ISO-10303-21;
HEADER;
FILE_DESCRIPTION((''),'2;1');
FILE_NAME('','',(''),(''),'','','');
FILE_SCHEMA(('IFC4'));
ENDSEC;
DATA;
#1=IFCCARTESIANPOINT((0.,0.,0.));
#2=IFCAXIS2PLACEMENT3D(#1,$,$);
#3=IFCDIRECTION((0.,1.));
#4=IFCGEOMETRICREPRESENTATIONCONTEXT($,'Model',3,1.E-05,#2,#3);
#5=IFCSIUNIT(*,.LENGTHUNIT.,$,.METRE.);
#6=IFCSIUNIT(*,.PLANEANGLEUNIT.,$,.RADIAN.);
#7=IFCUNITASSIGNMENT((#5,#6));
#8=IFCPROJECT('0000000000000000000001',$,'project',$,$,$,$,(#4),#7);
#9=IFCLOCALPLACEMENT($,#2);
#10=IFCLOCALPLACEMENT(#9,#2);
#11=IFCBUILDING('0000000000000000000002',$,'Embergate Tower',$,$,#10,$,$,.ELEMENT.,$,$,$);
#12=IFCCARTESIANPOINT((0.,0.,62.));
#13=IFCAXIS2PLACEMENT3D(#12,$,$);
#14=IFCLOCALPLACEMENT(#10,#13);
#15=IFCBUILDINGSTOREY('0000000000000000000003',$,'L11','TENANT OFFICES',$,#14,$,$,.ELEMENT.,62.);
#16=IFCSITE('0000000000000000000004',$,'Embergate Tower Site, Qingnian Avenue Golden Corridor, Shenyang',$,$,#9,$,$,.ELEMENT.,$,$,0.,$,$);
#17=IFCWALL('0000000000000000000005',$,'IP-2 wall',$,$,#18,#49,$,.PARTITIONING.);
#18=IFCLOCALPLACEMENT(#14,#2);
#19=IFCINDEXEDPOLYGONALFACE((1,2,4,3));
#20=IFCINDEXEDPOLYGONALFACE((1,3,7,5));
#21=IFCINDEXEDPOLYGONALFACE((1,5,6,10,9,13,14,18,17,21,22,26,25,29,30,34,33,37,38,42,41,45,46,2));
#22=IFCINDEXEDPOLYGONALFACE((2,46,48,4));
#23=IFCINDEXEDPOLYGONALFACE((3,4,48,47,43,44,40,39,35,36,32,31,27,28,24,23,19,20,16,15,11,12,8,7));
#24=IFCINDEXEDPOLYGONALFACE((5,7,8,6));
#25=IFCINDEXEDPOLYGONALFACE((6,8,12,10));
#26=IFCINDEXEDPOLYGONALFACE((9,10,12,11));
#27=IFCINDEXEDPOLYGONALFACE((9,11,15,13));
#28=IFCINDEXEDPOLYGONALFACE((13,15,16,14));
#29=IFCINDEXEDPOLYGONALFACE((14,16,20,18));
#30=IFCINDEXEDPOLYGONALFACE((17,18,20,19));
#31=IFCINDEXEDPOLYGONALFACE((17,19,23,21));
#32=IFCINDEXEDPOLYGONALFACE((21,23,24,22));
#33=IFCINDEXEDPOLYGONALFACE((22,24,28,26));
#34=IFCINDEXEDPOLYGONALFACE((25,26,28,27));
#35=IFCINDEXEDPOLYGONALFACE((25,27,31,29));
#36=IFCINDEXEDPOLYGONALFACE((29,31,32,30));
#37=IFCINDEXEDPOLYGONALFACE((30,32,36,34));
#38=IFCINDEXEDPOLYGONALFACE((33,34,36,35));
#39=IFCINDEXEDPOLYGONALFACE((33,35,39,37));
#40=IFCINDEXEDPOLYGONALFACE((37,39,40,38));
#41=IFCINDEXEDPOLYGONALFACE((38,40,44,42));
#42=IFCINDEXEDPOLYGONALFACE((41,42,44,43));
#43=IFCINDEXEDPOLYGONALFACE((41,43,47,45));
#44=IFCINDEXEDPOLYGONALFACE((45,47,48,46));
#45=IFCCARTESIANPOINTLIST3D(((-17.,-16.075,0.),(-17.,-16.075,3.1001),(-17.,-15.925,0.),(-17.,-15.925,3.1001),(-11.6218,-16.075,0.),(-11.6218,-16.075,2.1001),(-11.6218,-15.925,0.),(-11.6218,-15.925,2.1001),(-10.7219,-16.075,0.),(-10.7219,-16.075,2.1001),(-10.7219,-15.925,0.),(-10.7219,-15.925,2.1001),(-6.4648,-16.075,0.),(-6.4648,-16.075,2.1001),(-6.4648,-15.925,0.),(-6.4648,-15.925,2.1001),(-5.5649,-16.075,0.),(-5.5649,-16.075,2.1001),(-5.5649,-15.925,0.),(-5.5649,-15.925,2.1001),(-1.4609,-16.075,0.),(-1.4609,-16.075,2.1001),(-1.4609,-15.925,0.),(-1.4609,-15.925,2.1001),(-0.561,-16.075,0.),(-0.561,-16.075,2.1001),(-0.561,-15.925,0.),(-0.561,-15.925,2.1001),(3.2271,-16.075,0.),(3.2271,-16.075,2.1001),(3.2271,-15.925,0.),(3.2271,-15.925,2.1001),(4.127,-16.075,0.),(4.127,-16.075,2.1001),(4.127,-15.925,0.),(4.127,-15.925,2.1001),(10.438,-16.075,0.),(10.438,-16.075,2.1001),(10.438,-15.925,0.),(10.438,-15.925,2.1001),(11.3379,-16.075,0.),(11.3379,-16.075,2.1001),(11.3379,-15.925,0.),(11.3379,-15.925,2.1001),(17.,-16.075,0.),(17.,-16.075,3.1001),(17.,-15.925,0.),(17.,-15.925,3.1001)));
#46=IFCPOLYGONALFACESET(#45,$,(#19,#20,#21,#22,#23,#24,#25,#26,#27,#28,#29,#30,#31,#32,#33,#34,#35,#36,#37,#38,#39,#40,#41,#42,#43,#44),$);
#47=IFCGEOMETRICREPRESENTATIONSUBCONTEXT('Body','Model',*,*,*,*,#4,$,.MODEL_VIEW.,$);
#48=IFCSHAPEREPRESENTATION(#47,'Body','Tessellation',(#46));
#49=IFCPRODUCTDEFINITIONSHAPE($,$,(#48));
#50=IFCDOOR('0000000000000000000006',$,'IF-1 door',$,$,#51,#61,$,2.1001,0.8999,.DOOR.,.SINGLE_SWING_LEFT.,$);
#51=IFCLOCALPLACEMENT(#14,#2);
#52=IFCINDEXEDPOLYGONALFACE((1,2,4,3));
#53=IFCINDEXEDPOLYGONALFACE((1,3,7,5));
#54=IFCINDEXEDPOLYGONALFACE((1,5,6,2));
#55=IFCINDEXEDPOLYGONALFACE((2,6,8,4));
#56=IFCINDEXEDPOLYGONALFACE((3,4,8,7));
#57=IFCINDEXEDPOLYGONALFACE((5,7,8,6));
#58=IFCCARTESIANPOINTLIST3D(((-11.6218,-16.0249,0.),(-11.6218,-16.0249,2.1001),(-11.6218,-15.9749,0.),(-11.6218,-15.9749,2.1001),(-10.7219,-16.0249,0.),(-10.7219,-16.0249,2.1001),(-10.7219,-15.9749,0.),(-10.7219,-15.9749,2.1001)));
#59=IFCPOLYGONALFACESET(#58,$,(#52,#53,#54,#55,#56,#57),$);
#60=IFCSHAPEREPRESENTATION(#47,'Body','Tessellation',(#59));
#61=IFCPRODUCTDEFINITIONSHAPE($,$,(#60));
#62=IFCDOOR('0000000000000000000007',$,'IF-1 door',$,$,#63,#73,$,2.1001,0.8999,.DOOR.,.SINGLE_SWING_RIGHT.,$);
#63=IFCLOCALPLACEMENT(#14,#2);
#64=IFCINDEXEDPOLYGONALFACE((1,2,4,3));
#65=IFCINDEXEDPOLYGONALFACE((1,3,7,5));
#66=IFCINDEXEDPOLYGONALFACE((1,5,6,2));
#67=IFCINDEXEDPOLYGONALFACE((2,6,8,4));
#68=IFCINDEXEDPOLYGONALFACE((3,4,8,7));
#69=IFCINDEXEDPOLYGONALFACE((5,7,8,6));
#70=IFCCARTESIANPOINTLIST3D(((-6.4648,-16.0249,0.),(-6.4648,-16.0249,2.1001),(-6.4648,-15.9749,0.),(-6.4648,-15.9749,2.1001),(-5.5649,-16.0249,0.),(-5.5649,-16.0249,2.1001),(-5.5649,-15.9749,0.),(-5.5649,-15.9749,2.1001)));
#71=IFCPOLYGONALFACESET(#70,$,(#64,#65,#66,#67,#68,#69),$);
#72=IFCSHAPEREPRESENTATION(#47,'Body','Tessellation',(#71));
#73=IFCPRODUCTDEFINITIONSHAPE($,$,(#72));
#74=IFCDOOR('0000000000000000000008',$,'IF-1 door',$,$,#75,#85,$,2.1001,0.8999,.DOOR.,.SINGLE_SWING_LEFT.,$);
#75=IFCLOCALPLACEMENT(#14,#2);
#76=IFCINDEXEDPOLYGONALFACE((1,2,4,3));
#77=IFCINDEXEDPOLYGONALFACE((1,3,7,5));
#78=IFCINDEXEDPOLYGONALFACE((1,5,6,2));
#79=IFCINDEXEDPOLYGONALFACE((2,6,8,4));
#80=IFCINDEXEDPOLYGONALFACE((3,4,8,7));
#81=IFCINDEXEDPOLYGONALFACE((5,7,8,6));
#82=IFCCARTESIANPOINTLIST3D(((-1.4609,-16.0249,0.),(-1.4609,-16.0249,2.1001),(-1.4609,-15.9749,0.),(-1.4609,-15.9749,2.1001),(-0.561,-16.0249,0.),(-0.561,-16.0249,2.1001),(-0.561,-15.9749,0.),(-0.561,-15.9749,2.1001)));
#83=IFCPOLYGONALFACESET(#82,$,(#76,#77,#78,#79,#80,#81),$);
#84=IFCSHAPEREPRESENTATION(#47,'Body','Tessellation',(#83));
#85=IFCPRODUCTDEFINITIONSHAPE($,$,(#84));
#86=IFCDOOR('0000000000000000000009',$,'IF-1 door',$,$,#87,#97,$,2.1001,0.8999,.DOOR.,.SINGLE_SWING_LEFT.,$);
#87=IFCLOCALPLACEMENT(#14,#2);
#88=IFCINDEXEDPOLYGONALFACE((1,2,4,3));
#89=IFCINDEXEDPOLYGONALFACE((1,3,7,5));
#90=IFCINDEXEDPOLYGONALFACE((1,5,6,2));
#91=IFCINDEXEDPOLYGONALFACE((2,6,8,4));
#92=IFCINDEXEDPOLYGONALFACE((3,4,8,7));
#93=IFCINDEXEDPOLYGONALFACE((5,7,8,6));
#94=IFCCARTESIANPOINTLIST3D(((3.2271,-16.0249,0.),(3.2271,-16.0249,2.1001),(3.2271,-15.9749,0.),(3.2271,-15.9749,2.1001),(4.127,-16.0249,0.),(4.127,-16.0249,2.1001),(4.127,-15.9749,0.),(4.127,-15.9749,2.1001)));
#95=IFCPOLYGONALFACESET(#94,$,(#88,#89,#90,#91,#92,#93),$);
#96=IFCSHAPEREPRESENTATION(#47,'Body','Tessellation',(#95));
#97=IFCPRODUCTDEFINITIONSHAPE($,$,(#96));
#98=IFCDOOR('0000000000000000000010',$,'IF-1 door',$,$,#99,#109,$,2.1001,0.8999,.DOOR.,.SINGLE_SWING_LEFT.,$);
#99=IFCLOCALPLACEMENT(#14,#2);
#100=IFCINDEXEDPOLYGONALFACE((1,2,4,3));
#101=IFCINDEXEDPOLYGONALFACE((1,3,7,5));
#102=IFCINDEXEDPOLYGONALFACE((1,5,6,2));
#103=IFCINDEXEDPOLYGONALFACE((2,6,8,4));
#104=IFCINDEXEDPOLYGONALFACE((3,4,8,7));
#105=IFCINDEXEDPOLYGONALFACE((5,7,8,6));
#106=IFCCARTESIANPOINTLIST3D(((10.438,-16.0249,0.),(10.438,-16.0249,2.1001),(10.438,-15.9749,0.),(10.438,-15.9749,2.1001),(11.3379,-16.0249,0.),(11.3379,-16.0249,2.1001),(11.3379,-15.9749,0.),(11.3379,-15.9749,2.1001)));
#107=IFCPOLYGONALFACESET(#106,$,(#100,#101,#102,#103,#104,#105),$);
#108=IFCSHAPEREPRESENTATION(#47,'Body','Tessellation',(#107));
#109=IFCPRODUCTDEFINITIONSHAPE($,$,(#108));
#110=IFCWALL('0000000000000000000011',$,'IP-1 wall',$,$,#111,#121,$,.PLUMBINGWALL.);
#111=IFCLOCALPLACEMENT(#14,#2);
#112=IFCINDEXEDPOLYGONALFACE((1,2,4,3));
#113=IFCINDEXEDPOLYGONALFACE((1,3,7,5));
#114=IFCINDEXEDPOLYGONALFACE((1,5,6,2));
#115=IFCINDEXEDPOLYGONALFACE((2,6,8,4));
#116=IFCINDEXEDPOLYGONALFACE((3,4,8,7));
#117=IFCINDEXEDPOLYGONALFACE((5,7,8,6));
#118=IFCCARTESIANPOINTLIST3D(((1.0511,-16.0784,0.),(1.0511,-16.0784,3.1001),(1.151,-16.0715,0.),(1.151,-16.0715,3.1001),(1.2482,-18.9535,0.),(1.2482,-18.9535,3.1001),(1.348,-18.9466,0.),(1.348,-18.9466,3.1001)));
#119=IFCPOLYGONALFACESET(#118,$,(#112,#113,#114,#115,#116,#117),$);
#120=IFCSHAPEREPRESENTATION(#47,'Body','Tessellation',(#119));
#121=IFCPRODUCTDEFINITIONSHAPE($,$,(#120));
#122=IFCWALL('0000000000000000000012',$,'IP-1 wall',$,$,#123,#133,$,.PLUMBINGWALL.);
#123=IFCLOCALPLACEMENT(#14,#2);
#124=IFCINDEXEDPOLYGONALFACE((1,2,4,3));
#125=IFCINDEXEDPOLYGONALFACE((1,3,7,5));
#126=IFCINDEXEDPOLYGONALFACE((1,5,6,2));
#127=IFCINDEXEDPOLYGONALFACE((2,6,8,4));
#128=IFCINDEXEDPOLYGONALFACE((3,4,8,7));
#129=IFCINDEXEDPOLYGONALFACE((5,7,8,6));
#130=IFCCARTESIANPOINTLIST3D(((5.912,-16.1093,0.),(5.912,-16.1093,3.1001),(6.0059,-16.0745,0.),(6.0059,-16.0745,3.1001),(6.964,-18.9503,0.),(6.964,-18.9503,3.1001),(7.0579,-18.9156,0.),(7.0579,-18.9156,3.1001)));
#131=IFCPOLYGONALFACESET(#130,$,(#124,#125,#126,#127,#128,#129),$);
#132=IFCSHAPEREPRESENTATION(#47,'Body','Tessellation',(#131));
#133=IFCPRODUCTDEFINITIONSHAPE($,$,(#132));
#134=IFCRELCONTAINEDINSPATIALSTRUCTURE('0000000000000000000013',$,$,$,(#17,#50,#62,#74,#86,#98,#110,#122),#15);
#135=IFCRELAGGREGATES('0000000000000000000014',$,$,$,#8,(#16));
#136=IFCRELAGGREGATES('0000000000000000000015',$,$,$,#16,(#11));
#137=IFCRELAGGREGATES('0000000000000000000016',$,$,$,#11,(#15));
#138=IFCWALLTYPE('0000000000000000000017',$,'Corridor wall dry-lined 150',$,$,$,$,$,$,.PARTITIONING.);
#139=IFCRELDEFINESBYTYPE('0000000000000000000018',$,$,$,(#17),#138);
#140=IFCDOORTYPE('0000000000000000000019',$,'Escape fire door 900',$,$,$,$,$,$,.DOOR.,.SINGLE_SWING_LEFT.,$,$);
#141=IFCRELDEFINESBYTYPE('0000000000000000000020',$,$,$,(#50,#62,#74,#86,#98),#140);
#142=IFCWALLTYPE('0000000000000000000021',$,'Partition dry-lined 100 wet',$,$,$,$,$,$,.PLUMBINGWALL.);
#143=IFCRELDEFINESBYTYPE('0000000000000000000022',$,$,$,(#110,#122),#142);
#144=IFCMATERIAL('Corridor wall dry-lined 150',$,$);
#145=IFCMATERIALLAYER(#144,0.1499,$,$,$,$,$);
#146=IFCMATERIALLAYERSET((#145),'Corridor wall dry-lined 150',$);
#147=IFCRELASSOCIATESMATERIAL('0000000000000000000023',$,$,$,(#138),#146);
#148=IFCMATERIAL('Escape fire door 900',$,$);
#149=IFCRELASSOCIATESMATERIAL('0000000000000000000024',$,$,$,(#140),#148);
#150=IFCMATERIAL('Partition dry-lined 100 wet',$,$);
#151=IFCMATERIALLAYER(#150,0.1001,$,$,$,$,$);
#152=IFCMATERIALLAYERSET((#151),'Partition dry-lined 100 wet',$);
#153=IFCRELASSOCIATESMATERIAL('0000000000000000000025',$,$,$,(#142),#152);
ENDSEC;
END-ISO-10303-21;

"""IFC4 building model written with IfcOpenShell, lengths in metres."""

from ifc_helpers import new_model, si_unit, direction, frame, frame_2d, origin, place, context, subcontext, project, spatial, rectangle, extrude, source, transform, mapped, material, layer, layer_set, type_object, element, fill, save


model = new_model("IFC4")

# Units and contexts
model_context = context("Model", 3, precision=1e-05, world=origin(), true_north=direction((0.0, 1.0)))
body_context = subcontext(model_context, "Body", "Model", "MODEL_VIEW")
ifc_project = project(units=[si_unit("LENGTHUNIT", "METRE"), si_unit("PLANEANGLEUNIT", "RADIAN")], contexts=[model_context])

# Site, building, storey
site_placement = place(None, origin())
site = spatial("IfcSite", under=ifc_project, at=site_placement, Name="Embergate Tower Site, Qingnian Avenue Golden Corridor, Shenyang", CompositionType="ELEMENT", RefElevation=0.0)
building_placement = place(site_placement, origin())
building = spatial("IfcBuilding", under=site, at=building_placement, Name="Embergate Tower", CompositionType="ELEMENT")
storey_placement = place(building_placement, frame((0.0, 0.0, 62.0)))
storey = spatial("IfcBuildingStorey", under=building, at=storey_placement, Name="L11", Description="TENANT OFFICES", CompositionType="ELEMENT", Elevation=62.0)

# Wall, openings, doors
ifc_material_1 = material(Name="Corridor wall dry-lined 150")
ifc_layer_1 = layer(ifc_material_1, 0.1499)
ifc_layer_set_1 = layer_set([ifc_layer_1], Name="Corridor wall dry-lined 150")
wall_type_1 = type_object("IfcWallType", Name="Corridor wall dry-lined 150", PredefinedType="PARTITIONING", material=ifc_layer_set_1)
shared_shape_1 = source(origin(), body_context, "Body", "SweptSolid", [
    extrude(rectangle(XDim=34.0, YDim=0.1499, at=frame_2d((17.0, 0.0))), origin(), (0.0, 0.0, 1.0), 3.1001),
])
wall_1_placement = place(storey_placement, frame((17.0, -16.0, 0.0), z_axis=(0.0, 0.0, 1.0), x_axis=(-1.0, 0.0, 0.0)))
wall_1 = element("IfcWall", 1, at=wall_1_placement, inside=storey, type_object=wall_type_1, Name="IP-2 wall", PredefinedType="PARTITIONING", context=body_context, shape_type="MappedRepresentation", body=[
    mapped(shared_shape_1, transform((0.0, 0.0, 0.0))),
])
shared_shape_2 = source(origin(), body_context, "Body", "SweptSolid", [
    extrude(rectangle(XDim=0.8999, YDim=2.1001, at=frame_2d((0.45, 1.05))), frame((0.0, 0.085, 0.0), z_axis=(0.0, -1.0, 0.0), x_axis=(1.0, 0.0, 0.0)), (0.0, 0.0, 1.0), 0.1699),
])
opening_1_placement = place(wall_1_placement, frame((27.7219, 0.0, 0.0)))
opening_1 = element("IfcOpeningElement", 2, at=opening_1_placement, cuts=wall_1, PredefinedType="OPENING", context=body_context, shape_type="MappedRepresentation", body=[
    mapped(shared_shape_2, transform((0.0, 0.0, 0.0))),
])
opening_2_placement = place(wall_1_placement, frame((22.5649, 0.0, 0.0)))
opening_2 = element("IfcOpeningElement", 3, at=opening_2_placement, cuts=wall_1, PredefinedType="OPENING", context=body_context, shape_type="MappedRepresentation", body=[
    mapped(shared_shape_2, transform((0.0, 0.0, 0.0))),
])
opening_3_placement = place(wall_1_placement, frame((17.561, 0.0, 0.0)))
opening_3 = element("IfcOpeningElement", 4, at=opening_3_placement, cuts=wall_1, PredefinedType="OPENING", context=body_context, shape_type="MappedRepresentation", body=[
    mapped(shared_shape_2, transform((0.0, 0.0, 0.0))),
])
opening_4_placement = place(wall_1_placement, frame((12.873, 0.0, 0.0)))
opening_4 = element("IfcOpeningElement", 5, at=opening_4_placement, cuts=wall_1, PredefinedType="OPENING", context=body_context, shape_type="MappedRepresentation", body=[
    mapped(shared_shape_2, transform((0.0, 0.0, 0.0))),
])
opening_5_placement = place(wall_1_placement, frame((5.6621, 0.0, 0.0)))
opening_5 = element("IfcOpeningElement", 6, at=opening_5_placement, cuts=wall_1, PredefinedType="OPENING", context=body_context, shape_type="MappedRepresentation", body=[
    mapped(shared_shape_2, transform((0.0, 0.0, 0.0))),
])
ifc_material_2 = material(Name="Escape fire door 900")
door_type_1 = type_object("IfcDoorType", Name="Escape fire door 900", OperationType="SINGLE_SWING_LEFT", PredefinedType="DOOR", material=ifc_material_2)
shared_shape_3 = source(origin(), body_context, "Body", "SweptSolid", [
    extrude(rectangle(XDim=0.8999, YDim=2.1001, at=frame_2d((0.45, 1.05))), frame((0.0, 0.0249, 0.0), z_axis=(0.0, -1.0, 0.0), x_axis=(1.0, 0.0, 0.0)), (0.0, 0.0, 1.0), 0.05),
])
door_1_placement = place(opening_1_placement, origin())
door_1 = element("IfcDoor", 7, at=door_1_placement, inside=storey, type_object=door_type_1, Name="IF-1 door", OperationType="SINGLE_SWING_LEFT", OverallHeight=2.1001, OverallWidth=0.8999, PredefinedType="DOOR", context=body_context, shape_type="MappedRepresentation", body=[
    mapped(shared_shape_3, transform((0.0, 0.0, 0.0))),
])
fill(opening_1, door_1)
door_2_placement = place(opening_2_placement, origin())
door_2 = element("IfcDoor", 8, at=door_2_placement, inside=storey, type_object=door_type_1, Name="IF-1 door", OperationType="SINGLE_SWING_RIGHT", OverallHeight=2.1001, OverallWidth=0.8999, PredefinedType="DOOR", context=body_context, shape_type="MappedRepresentation", body=[
    mapped(shared_shape_3, transform((0.0, 0.0, 0.0))),
])
fill(opening_2, door_2)
door_3_placement = place(opening_3_placement, origin())
door_3 = element("IfcDoor", 9, at=door_3_placement, inside=storey, type_object=door_type_1, Name="IF-1 door", OperationType="SINGLE_SWING_LEFT", OverallHeight=2.1001, OverallWidth=0.8999, PredefinedType="DOOR", context=body_context, shape_type="MappedRepresentation", body=[
    mapped(shared_shape_3, transform((0.0, 0.0, 0.0))),
])
fill(opening_3, door_3)
door_4_placement = place(opening_4_placement, origin())
door_4 = element("IfcDoor", 10, at=door_4_placement, inside=storey, type_object=door_type_1, Name="IF-1 door", OperationType="SINGLE_SWING_LEFT", OverallHeight=2.1001, OverallWidth=0.8999, PredefinedType="DOOR", context=body_context, shape_type="MappedRepresentation", body=[
    mapped(shared_shape_3, transform((0.0, 0.0, 0.0))),
])
fill(opening_4, door_4)
door_5_placement = place(opening_5_placement, origin())
door_5 = element("IfcDoor", 11, at=door_5_placement, inside=storey, type_object=door_type_1, Name="IF-1 door", OperationType="SINGLE_SWING_LEFT", OverallHeight=2.1001, OverallWidth=0.8999, PredefinedType="DOOR", context=body_context, shape_type="MappedRepresentation", body=[
    mapped(shared_shape_3, transform((0.0, 0.0, 0.0))),
])
fill(opening_5, door_5)

# Walls
ifc_material_3 = material(Name="Partition dry-lined 100 wet")
ifc_layer_2 = layer(ifc_material_3, 0.1001)
ifc_layer_set_2 = layer_set([ifc_layer_2], Name="Partition dry-lined 100 wet")
wall_type_2 = type_object("IfcWallType", Name="Partition dry-lined 100 wet", PredefinedType="PLUMBINGWALL", material=ifc_layer_set_2)
shared_shape_4 = source(origin(), body_context, "Body", "SweptSolid", [
    extrude(rectangle(XDim=2.8818, YDim=0.1001, at=frame_2d((1.4409, 0.0))), origin(), (0.0, 0.0, 1.0), 3.1001),
])
wall_2_placement = place(storey_placement, frame((1.1011, -16.075, 0.0), z_axis=(0.0, 0.0, 1.0), x_axis=(0.068369, -0.99766, 0.0)))
element("IfcWall", 12, at=wall_2_placement, inside=storey, type_object=wall_type_2, Name="IP-1 wall", PredefinedType="PLUMBINGWALL", context=body_context, shape_type="MappedRepresentation", body=[
    mapped(shared_shape_4, transform((0.0, 0.0, 0.0))),
])
shared_shape_5 = source(origin(), body_context, "Body", "SweptSolid", [
    extrude(rectangle(XDim=3.0295, YDim=0.1001, at=frame_2d((1.5146, 0.0))), origin(), (0.0, 0.0, 1.0), 3.1001),
])
wall_3_placement = place(storey_placement, frame((5.959, -16.092, 0.0), z_axis=(0.0, 0.0, 1.0), x_axis=(0.347243, -0.937775, 0.0)))
element("IfcWall", 13, at=wall_3_placement, inside=storey, type_object=wall_type_2, Name="IP-1 wall", PredefinedType="PLUMBINGWALL", context=body_context, shape_type="MappedRepresentation", body=[
    mapped(shared_shape_5, transform((0.0, 0.0, 0.0))),
])

save(model, "model.ifc")
